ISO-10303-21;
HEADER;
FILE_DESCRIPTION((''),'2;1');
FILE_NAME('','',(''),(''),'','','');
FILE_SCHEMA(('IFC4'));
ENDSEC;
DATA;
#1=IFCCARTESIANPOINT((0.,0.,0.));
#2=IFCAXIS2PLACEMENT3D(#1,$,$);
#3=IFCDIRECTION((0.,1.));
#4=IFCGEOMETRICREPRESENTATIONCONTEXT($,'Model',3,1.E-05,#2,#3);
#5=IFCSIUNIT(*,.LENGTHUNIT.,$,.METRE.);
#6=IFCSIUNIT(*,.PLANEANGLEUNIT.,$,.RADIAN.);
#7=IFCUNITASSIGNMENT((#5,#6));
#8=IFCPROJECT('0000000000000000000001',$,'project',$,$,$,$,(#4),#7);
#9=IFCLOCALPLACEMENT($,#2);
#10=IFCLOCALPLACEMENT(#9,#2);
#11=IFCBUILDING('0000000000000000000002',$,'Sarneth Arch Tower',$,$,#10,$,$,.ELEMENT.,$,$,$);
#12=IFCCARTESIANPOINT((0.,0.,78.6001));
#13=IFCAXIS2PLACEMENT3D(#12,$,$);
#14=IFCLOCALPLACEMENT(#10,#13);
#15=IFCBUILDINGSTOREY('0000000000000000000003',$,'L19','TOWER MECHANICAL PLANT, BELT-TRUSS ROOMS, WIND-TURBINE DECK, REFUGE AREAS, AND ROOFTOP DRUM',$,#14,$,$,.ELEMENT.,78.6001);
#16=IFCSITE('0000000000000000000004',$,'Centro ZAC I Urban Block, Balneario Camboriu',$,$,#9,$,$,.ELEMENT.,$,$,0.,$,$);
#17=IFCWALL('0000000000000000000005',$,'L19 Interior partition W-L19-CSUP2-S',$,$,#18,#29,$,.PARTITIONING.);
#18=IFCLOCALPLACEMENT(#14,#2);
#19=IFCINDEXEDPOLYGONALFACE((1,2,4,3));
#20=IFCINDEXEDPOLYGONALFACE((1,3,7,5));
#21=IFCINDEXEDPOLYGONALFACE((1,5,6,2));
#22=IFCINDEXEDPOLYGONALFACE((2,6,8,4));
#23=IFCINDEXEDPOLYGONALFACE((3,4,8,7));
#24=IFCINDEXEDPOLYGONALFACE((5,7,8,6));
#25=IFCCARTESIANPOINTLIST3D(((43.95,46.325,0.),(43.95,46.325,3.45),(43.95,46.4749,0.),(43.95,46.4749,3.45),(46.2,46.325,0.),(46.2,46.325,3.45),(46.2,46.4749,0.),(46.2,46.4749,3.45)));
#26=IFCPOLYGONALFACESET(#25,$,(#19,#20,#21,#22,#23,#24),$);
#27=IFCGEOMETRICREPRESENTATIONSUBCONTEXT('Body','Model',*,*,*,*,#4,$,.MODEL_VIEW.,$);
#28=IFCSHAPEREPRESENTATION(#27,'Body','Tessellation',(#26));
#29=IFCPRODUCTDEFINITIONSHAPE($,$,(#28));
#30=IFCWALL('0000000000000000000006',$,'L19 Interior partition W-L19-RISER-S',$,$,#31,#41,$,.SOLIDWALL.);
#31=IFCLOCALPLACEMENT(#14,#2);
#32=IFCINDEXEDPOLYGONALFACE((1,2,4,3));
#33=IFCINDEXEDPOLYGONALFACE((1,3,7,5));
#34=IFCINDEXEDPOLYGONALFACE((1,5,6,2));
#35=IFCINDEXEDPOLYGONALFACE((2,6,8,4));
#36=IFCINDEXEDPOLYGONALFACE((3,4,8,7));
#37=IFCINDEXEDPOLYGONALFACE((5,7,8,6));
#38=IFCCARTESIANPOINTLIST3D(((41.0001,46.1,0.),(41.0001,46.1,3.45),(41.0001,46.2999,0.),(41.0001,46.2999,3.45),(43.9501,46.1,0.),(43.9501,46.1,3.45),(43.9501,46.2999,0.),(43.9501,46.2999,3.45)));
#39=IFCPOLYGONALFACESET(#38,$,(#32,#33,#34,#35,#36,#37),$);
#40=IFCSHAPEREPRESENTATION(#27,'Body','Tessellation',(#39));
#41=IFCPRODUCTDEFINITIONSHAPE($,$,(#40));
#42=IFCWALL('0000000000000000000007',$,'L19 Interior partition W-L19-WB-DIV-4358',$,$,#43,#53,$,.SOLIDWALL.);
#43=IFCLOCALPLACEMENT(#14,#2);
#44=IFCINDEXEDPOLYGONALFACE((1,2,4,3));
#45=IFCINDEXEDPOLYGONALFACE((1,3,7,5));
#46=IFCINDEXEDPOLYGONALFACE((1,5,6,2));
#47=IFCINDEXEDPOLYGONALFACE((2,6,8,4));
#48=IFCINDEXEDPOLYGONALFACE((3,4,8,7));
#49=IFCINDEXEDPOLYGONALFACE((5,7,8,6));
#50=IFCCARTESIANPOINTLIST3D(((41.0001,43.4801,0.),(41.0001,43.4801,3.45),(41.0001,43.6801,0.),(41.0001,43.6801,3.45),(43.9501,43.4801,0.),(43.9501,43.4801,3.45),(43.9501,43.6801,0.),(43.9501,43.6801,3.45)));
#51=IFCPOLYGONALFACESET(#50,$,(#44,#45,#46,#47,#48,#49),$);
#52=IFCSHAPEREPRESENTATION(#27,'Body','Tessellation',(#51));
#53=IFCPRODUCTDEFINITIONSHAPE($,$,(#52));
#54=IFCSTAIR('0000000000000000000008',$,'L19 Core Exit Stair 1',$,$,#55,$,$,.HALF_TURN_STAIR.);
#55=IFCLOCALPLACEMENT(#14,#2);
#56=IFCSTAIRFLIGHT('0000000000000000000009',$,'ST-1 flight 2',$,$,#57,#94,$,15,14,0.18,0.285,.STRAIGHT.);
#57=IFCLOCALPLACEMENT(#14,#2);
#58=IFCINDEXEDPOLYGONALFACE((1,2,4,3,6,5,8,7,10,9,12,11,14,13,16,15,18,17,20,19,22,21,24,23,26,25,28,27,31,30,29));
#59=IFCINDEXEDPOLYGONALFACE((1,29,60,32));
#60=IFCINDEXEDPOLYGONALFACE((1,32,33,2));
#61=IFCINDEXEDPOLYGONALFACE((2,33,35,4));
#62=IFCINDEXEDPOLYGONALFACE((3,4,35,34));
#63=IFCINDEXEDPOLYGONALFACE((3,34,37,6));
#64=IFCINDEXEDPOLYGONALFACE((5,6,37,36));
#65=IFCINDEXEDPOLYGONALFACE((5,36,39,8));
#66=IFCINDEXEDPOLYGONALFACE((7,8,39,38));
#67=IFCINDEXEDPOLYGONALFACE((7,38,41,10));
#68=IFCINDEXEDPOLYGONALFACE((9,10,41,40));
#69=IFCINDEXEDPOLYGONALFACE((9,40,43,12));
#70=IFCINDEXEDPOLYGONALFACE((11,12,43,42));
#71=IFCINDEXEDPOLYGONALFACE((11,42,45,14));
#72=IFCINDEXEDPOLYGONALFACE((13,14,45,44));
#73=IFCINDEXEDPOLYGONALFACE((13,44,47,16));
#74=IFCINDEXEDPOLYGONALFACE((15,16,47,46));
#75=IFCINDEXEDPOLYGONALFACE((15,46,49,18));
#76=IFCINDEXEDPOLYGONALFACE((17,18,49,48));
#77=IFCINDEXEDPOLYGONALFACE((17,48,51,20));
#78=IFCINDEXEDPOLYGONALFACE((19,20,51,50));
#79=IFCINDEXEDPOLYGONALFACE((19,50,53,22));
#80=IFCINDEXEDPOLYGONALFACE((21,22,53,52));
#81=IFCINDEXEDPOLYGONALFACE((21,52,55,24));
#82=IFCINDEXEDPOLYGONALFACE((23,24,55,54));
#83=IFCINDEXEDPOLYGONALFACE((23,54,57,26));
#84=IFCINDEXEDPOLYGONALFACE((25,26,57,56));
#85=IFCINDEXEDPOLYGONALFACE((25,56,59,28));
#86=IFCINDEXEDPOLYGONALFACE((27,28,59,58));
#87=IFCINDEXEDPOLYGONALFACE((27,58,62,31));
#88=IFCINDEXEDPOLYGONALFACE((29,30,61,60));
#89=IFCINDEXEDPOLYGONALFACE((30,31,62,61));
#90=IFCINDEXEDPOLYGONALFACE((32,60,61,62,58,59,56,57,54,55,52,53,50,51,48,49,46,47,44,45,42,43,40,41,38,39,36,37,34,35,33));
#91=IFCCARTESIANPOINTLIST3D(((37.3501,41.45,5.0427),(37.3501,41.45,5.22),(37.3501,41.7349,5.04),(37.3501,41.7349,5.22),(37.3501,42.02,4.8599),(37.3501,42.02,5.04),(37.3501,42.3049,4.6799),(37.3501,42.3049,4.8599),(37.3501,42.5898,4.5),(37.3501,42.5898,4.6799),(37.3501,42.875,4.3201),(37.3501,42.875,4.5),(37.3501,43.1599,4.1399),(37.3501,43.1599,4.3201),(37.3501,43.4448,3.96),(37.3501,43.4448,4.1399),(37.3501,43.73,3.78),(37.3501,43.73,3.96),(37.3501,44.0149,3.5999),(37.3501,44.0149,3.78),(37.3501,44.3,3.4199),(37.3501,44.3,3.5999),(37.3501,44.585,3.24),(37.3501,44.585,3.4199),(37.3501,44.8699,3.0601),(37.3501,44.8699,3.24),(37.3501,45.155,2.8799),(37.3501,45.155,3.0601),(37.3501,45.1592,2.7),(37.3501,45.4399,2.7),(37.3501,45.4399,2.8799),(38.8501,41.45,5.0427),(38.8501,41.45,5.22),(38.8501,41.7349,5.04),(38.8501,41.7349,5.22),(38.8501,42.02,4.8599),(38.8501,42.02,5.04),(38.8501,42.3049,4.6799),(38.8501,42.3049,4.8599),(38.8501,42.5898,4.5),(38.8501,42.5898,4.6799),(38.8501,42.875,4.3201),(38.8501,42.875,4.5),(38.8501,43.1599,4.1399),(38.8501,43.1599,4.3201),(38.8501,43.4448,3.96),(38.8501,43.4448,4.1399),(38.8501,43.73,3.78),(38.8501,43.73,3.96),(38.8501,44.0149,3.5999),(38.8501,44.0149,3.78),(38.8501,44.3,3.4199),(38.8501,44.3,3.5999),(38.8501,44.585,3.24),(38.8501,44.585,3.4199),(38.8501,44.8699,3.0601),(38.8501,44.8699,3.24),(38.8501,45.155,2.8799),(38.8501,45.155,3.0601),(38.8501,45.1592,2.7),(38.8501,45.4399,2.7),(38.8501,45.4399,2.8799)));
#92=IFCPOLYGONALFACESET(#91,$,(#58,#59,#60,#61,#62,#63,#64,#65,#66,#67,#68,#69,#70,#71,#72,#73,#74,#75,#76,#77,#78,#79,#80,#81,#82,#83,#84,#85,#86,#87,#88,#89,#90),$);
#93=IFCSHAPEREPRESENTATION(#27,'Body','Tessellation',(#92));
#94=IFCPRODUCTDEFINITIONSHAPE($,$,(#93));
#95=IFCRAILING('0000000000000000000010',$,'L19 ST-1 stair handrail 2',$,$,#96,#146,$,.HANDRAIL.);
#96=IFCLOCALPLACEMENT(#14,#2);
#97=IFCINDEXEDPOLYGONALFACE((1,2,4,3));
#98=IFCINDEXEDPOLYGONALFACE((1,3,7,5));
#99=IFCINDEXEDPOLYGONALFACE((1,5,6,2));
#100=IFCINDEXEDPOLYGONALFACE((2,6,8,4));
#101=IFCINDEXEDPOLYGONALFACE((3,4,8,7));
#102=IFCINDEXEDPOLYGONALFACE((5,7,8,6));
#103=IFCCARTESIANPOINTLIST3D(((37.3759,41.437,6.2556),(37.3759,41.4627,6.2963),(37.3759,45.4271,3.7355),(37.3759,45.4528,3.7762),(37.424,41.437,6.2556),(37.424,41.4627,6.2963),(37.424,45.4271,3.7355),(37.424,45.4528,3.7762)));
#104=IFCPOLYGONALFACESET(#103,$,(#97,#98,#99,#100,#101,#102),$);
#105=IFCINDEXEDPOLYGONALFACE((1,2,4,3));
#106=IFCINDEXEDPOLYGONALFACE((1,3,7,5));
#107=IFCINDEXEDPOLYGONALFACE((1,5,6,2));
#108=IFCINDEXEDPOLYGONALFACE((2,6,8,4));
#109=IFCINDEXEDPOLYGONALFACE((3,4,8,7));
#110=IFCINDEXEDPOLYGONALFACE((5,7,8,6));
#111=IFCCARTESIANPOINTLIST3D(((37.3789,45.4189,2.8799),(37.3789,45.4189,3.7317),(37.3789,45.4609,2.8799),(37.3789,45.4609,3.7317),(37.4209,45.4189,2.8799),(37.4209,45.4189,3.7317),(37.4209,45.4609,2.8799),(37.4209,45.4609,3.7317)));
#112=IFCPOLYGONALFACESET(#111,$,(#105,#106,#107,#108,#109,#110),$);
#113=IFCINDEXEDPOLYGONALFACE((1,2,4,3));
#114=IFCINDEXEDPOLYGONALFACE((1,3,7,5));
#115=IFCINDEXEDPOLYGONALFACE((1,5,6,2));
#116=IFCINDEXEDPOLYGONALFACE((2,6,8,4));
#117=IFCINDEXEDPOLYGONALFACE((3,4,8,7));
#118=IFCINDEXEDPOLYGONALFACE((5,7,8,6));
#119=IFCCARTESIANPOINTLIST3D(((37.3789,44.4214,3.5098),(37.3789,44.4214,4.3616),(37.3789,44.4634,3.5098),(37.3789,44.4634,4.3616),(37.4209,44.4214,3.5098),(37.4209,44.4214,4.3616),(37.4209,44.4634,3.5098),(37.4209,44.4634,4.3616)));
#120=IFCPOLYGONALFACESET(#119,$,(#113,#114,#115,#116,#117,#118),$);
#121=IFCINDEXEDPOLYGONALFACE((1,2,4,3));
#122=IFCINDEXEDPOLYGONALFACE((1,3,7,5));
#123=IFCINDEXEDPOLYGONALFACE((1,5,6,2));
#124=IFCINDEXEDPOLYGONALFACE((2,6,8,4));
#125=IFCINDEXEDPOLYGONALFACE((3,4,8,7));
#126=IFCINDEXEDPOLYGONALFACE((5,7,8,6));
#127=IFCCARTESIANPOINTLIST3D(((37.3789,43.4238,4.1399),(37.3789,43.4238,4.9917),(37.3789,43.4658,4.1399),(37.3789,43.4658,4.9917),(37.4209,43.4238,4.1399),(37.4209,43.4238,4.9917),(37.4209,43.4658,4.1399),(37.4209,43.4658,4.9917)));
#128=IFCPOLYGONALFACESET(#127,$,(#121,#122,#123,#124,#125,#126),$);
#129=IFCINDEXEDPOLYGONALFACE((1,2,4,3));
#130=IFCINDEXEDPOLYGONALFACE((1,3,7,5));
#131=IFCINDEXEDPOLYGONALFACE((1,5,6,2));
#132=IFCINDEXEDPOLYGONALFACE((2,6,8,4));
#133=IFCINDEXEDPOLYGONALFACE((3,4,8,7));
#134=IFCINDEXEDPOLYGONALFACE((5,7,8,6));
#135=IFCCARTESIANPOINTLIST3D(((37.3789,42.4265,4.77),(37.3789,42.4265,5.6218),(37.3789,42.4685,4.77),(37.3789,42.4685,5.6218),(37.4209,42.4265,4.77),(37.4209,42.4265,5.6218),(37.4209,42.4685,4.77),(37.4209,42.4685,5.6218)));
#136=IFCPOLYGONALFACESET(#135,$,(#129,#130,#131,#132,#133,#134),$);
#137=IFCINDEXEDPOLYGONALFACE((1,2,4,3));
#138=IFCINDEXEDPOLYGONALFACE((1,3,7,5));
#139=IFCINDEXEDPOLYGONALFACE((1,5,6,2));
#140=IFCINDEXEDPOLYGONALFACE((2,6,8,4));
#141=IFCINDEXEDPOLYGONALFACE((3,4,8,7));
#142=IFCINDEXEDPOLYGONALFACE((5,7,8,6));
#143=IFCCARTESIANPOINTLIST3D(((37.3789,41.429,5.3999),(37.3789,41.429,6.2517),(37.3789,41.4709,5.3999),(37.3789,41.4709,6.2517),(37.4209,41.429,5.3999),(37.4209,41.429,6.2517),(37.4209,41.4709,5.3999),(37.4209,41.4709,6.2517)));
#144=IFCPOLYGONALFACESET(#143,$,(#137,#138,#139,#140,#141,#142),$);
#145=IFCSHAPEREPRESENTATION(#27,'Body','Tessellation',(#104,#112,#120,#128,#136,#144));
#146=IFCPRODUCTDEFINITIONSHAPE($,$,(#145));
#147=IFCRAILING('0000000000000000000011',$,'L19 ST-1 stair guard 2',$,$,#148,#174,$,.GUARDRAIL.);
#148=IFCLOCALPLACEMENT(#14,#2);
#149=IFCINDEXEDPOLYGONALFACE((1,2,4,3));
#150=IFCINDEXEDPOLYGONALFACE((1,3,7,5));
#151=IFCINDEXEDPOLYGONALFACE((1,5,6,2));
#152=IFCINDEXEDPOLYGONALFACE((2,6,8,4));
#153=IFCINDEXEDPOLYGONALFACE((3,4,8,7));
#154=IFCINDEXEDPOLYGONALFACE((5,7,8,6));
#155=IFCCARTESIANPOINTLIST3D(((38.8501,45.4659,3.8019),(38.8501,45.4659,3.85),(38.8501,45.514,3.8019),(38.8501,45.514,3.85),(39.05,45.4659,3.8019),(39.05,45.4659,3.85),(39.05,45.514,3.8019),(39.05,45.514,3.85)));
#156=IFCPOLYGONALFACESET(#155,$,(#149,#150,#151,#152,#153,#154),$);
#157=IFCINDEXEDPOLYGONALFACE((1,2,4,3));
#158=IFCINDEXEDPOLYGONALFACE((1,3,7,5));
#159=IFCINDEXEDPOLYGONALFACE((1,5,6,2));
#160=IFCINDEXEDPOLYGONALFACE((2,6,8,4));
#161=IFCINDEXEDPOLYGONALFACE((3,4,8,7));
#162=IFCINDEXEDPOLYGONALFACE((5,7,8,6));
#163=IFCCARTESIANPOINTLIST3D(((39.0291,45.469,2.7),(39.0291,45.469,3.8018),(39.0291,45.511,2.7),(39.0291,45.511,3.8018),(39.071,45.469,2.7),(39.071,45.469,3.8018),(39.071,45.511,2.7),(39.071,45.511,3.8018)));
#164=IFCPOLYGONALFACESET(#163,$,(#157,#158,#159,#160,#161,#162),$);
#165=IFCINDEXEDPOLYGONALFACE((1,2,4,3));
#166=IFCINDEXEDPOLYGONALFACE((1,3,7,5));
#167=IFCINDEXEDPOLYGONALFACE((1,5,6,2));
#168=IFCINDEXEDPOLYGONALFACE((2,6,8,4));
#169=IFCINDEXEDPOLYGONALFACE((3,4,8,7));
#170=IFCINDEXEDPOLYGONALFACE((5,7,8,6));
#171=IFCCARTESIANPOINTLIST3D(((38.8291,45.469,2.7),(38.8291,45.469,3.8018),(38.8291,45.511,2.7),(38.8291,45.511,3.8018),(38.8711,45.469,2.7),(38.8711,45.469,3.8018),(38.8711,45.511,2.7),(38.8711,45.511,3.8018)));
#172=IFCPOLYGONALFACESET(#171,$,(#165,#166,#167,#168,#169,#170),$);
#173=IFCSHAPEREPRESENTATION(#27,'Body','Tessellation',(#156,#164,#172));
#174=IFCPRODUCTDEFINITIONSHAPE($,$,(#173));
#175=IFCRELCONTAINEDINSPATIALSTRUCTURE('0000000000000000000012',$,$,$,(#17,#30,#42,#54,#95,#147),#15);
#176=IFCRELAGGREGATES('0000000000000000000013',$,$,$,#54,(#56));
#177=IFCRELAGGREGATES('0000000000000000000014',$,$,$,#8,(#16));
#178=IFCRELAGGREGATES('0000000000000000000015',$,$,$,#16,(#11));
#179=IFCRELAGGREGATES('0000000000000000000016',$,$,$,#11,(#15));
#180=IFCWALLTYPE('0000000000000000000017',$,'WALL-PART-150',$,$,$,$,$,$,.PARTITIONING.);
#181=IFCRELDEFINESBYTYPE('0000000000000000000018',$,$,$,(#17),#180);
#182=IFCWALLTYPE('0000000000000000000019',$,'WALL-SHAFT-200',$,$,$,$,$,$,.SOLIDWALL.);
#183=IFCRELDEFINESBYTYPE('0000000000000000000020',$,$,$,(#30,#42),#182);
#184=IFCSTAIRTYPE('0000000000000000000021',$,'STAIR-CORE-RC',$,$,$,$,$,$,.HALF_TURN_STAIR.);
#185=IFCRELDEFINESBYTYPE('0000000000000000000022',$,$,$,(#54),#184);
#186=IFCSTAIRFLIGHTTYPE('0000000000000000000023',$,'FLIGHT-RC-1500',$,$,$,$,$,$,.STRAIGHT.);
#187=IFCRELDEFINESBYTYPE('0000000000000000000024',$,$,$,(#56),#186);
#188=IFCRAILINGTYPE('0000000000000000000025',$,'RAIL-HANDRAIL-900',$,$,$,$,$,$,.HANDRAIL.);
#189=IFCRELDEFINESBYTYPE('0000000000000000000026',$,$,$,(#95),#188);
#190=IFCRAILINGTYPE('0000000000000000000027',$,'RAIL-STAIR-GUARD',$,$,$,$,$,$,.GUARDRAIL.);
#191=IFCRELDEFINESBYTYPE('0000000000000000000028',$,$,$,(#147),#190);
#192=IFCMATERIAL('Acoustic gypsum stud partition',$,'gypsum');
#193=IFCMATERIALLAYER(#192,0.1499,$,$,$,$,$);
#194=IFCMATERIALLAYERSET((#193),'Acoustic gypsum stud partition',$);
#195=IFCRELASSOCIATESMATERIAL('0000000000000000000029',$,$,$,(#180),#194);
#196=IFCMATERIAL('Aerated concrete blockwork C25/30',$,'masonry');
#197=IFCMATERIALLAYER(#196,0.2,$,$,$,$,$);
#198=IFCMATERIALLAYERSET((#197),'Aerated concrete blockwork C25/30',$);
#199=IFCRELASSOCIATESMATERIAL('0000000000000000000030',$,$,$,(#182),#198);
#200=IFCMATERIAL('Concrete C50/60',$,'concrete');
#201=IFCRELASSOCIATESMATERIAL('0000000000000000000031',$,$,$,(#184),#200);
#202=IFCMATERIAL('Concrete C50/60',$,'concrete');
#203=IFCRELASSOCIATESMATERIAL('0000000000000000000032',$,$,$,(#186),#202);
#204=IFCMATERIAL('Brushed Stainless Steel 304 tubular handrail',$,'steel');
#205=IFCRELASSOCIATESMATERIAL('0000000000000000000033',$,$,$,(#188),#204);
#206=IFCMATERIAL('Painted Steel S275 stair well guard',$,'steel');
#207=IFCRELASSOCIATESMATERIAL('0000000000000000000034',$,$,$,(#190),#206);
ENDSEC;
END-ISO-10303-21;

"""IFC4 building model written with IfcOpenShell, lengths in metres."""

from ifc_helpers import new_model, si_unit, direction, frame, frame_2d, origin, origin_2d, place, context, subcontext, project, spatial, polyline, rectangle, outline, extrude, material, layer, layer_set, type_object, element, aggregate, save


model = new_model("IFC4")

# Units and contexts
model_context = context("Model", 3, precision=1e-05, world=origin(), true_north=direction((0.0, 1.0)))
body_context = subcontext(model_context, "Body", "Model", "MODEL_VIEW")
ifc_project = project(units=[si_unit("LENGTHUNIT", "METRE"), si_unit("PLANEANGLEUNIT", "RADIAN")], contexts=[model_context])

# Site, building, storey
site_placement = place(None, origin())
site = spatial("IfcSite", under=ifc_project, at=site_placement, Name="Centro ZAC I Urban Block, Balneario Camboriu", CompositionType="ELEMENT", RefElevation=0.0)
building_placement = place(site_placement, origin())
building = spatial("IfcBuilding", under=site, at=building_placement, Name="Sarneth Arch Tower", CompositionType="ELEMENT")
storey_placement = place(building_placement, frame((0.0, 0.0, 78.6001)))
storey = spatial("IfcBuildingStorey", under=building, at=storey_placement, Name="L19", Description="TOWER MECHANICAL PLANT, BELT-TRUSS ROOMS, WIND-TURBINE DECK, REFUGE AREAS, AND ROOFTOP DRUM", CompositionType="ELEMENT", Elevation=78.6001)

# Wall
ifc_material_1 = material(Name="Acoustic gypsum stud partition", Category="gypsum")
ifc_layer_1 = layer(ifc_material_1, 0.1499)
ifc_layer_set_1 = layer_set([ifc_layer_1], Name="Acoustic gypsum stud partition")
wall_type_1 = type_object("IfcWallType", Name="WALL-PART-150", PredefinedType="PARTITIONING", material=ifc_layer_set_1)
wall_1_placement = place(storey_placement, frame((43.95, 46.3999, 0.0), z_axis=(0.0, 0.0, 1.0), x_axis=(1.0, 0.0, 0.0)))
element("IfcWall", 1, at=wall_1_placement, inside=storey, type_object=wall_type_1, Name="L19 Interior partition W-L19-CSUP2-S", PredefinedType="PARTITIONING", context=body_context, shape_type="SweptSolid", body=[
    extrude(rectangle(XDim=2.25, YDim=0.1499, at=frame_2d((1.125, 0.0))), origin(), (0.0, 0.0, 1.0), 3.45),
])

# Wall
ifc_material_2 = material(Name="Aerated concrete blockwork C25/30", Category="masonry")
ifc_layer_2 = layer(ifc_material_2, 0.2)
ifc_layer_set_2 = layer_set([ifc_layer_2], Name="Aerated concrete blockwork C25/30")
wall_type_2 = type_object("IfcWallType", Name="WALL-SHAFT-200", PredefinedType="SOLIDWALL", material=ifc_layer_set_2)
wall_2_placement = place(storey_placement, frame((41.0, 46.2, 0.0), z_axis=(0.0, 0.0, 1.0), x_axis=(1.0, 0.0, 0.0)))
element("IfcWall", 2, at=wall_2_placement, inside=storey, type_object=wall_type_2, Name="L19 Interior partition W-L19-RISER-S", PredefinedType="SOLIDWALL", context=body_context, shape_type="SweptSolid", body=[
    extrude(rectangle(XDim=2.95, YDim=0.2, at=frame_2d((1.4751, 0.0))), origin(), (0.0, 0.0, 1.0), 3.45),
])

# Wall
wall_3_placement = place(storey_placement, frame((41.0, 43.5801, 0.0), z_axis=(0.0, 0.0, 1.0), x_axis=(1.0, 0.0, 0.0)))
element("IfcWall", 3, at=wall_3_placement, inside=storey, type_object=wall_type_2, Name="L19 Interior partition W-L19-WB-DIV-4358", PredefinedType="SOLIDWALL", context=body_context, shape_type="SweptSolid", body=[
    extrude(rectangle(XDim=2.95, YDim=0.2, at=frame_2d((1.4751, 0.0))), origin(), (0.0, 0.0, 1.0), 3.45),
])

# Stair, stair flight
ifc_material_3 = material(Name="Concrete C50/60", Category="concrete")
stair_type = type_object("IfcStairType", Name="STAIR-CORE-RC", PredefinedType="HALF_TURN_STAIR", material=ifc_material_3)
stair_placement = place(storey_placement, origin())
stair = element("IfcStair", 4, at=stair_placement, inside=storey, type_object=stair_type, Name="L19 Core Exit Stair 1", PredefinedType="HALF_TURN_STAIR")
ifc_material_4 = material(Name="Concrete C50/60", Category="concrete")
stair_flight_type = type_object("IfcStairFlightType", Name="FLIGHT-RC-1500", PredefinedType="STRAIGHT", material=ifc_material_4)
stair_flight_placement = place(storey_placement, frame((38.1001, 45.4399, 2.7), z_axis=(0.0, 0.0, 1.0), x_axis=(0.0, -1.0, 0.0)))
stair_flight = element("IfcStairFlight", 5, at=stair_flight_placement, type_object=stair_flight_type, Name="ST-1 flight 2", NumberOfRisers=15, NumberOfTreads=14, PredefinedType="STRAIGHT", RiserHeight=0.18, TreadLength=0.285, context=body_context, shape_type="SweptSolid", body=[
    extrude(outline(polyline([(0.0, 0.0), (0.0, 0.1799), (0.2849, 0.1799), (0.2849, 0.3601), (0.5701, 0.3601), (0.5701, 0.54), (0.855, 0.54), (0.855, 0.72), (1.1399, 0.72), (1.1399, 0.8999), (1.425, 0.8999), (1.425, 1.0801), (1.71, 1.0801), (1.71, 1.26), (1.9951, 1.26), (1.9951, 1.4399), (2.28, 1.4399), (2.28, 1.6201), (2.5649, 1.6201), (2.5649, 1.8), (2.8501, 1.8), (2.8501, 1.98), (3.135, 1.98), (3.135, 2.1599), (3.4199, 2.1599), (3.4199, 2.3401), (3.7051, 2.3401), (3.7051, 2.52), (3.99, 2.52), (3.99, 2.7), (3.99, 2.3428), (0.2808, 0.0), (0.0, 0.0)])), frame((0.0, 0.75, 0.0), z_axis=(0.0, -1.0, 0.0), x_axis=(1.0, 0.0, 0.0)), (0.0, 0.0, 1.0), 1.5),
])
aggregate(stair, [stair_flight])

# Railings
ifc_material_5 = material(Name="Brushed Stainless Steel 304 tubular handrail", Category="steel")
railing_type_1 = type_object("IfcRailingType", Name="RAIL-HANDRAIL-900", PredefinedType="HANDRAIL", material=ifc_material_5)
railing_1_placement = place(storey_placement, frame((37.3999, 45.4399, 2.8799)))
element("IfcRailing", 6, at=railing_1_placement, inside=storey, type_object=railing_type_1, Name="L19 ST-1 stair handrail 2", PredefinedType="HANDRAIL", context=body_context, shape_type="SweptSolid", body=[
    extrude(rectangle(XDim=0.0481, YDim=0.0481, at=origin_2d()), frame((0.0, 0.0, 0.876), z_axis=(0.0, -0.845486, 0.533997), x_axis=(1.0, 0.0, 0.0)), (0.0, 0.0, 1.0), 4.7192),
    extrude(rectangle(XDim=0.042, YDim=0.042, at=origin_2d()), origin(), (0.0, 0.0, 1.0), 0.8518),
    extrude(rectangle(XDim=0.042, YDim=0.042, at=origin_2d()), frame((0.0, -0.9976, 0.6299)), (0.0, 0.0, 1.0), 0.8518),
    extrude(rectangle(XDim=0.042, YDim=0.042, at=origin_2d()), frame((0.0, -1.9951, 1.26)), (0.0, 0.0, 1.0), 0.8518),
    extrude(rectangle(XDim=0.042, YDim=0.042, at=origin_2d()), frame((0.0, -2.9924, 1.8901)), (0.0, 0.0, 1.0), 0.8518),
    extrude(rectangle(XDim=0.042, YDim=0.042, at=origin_2d()), frame((0.0, -3.99, 2.52)), (0.0, 0.0, 1.0), 0.8518),
])
ifc_material_6 = material(Name="Painted Steel S275 stair well guard", Category="steel")
railing_type_2 = type_object("IfcRailingType", Name="RAIL-STAIR-GUARD", PredefinedType="GUARDRAIL", material=ifc_material_6)
railing_2_placement = place(storey_placement, frame((39.05, 45.49, 2.7)))
element("IfcRailing", 7, at=railing_2_placement, inside=storey, type_object=railing_type_2, Name="L19 ST-1 stair guard 2", PredefinedType="GUARDRAIL", context=body_context, shape_type="SweptSolid", body=[
    extrude(rectangle(XDim=0.0481, YDim=0.0481, at=origin_2d()), frame((0.0, 0.0, 1.126), z_axis=(-1.0, 0.0, 0.0), x_axis=(0.0, -1.0, 0.0)), (0.0, 0.0, 1.0), 0.2),
    extrude(rectangle(XDim=0.042, YDim=0.042, at=origin_2d()), origin(), (0.0, 0.0, 1.0), 1.1018),
    extrude(rectangle(XDim=0.042, YDim=0.042, at=origin_2d()), frame((-0.2, 0.0, 0.0)), (0.0, 0.0, 1.0), 1.1018),
])

save(model, "model.ifc")
